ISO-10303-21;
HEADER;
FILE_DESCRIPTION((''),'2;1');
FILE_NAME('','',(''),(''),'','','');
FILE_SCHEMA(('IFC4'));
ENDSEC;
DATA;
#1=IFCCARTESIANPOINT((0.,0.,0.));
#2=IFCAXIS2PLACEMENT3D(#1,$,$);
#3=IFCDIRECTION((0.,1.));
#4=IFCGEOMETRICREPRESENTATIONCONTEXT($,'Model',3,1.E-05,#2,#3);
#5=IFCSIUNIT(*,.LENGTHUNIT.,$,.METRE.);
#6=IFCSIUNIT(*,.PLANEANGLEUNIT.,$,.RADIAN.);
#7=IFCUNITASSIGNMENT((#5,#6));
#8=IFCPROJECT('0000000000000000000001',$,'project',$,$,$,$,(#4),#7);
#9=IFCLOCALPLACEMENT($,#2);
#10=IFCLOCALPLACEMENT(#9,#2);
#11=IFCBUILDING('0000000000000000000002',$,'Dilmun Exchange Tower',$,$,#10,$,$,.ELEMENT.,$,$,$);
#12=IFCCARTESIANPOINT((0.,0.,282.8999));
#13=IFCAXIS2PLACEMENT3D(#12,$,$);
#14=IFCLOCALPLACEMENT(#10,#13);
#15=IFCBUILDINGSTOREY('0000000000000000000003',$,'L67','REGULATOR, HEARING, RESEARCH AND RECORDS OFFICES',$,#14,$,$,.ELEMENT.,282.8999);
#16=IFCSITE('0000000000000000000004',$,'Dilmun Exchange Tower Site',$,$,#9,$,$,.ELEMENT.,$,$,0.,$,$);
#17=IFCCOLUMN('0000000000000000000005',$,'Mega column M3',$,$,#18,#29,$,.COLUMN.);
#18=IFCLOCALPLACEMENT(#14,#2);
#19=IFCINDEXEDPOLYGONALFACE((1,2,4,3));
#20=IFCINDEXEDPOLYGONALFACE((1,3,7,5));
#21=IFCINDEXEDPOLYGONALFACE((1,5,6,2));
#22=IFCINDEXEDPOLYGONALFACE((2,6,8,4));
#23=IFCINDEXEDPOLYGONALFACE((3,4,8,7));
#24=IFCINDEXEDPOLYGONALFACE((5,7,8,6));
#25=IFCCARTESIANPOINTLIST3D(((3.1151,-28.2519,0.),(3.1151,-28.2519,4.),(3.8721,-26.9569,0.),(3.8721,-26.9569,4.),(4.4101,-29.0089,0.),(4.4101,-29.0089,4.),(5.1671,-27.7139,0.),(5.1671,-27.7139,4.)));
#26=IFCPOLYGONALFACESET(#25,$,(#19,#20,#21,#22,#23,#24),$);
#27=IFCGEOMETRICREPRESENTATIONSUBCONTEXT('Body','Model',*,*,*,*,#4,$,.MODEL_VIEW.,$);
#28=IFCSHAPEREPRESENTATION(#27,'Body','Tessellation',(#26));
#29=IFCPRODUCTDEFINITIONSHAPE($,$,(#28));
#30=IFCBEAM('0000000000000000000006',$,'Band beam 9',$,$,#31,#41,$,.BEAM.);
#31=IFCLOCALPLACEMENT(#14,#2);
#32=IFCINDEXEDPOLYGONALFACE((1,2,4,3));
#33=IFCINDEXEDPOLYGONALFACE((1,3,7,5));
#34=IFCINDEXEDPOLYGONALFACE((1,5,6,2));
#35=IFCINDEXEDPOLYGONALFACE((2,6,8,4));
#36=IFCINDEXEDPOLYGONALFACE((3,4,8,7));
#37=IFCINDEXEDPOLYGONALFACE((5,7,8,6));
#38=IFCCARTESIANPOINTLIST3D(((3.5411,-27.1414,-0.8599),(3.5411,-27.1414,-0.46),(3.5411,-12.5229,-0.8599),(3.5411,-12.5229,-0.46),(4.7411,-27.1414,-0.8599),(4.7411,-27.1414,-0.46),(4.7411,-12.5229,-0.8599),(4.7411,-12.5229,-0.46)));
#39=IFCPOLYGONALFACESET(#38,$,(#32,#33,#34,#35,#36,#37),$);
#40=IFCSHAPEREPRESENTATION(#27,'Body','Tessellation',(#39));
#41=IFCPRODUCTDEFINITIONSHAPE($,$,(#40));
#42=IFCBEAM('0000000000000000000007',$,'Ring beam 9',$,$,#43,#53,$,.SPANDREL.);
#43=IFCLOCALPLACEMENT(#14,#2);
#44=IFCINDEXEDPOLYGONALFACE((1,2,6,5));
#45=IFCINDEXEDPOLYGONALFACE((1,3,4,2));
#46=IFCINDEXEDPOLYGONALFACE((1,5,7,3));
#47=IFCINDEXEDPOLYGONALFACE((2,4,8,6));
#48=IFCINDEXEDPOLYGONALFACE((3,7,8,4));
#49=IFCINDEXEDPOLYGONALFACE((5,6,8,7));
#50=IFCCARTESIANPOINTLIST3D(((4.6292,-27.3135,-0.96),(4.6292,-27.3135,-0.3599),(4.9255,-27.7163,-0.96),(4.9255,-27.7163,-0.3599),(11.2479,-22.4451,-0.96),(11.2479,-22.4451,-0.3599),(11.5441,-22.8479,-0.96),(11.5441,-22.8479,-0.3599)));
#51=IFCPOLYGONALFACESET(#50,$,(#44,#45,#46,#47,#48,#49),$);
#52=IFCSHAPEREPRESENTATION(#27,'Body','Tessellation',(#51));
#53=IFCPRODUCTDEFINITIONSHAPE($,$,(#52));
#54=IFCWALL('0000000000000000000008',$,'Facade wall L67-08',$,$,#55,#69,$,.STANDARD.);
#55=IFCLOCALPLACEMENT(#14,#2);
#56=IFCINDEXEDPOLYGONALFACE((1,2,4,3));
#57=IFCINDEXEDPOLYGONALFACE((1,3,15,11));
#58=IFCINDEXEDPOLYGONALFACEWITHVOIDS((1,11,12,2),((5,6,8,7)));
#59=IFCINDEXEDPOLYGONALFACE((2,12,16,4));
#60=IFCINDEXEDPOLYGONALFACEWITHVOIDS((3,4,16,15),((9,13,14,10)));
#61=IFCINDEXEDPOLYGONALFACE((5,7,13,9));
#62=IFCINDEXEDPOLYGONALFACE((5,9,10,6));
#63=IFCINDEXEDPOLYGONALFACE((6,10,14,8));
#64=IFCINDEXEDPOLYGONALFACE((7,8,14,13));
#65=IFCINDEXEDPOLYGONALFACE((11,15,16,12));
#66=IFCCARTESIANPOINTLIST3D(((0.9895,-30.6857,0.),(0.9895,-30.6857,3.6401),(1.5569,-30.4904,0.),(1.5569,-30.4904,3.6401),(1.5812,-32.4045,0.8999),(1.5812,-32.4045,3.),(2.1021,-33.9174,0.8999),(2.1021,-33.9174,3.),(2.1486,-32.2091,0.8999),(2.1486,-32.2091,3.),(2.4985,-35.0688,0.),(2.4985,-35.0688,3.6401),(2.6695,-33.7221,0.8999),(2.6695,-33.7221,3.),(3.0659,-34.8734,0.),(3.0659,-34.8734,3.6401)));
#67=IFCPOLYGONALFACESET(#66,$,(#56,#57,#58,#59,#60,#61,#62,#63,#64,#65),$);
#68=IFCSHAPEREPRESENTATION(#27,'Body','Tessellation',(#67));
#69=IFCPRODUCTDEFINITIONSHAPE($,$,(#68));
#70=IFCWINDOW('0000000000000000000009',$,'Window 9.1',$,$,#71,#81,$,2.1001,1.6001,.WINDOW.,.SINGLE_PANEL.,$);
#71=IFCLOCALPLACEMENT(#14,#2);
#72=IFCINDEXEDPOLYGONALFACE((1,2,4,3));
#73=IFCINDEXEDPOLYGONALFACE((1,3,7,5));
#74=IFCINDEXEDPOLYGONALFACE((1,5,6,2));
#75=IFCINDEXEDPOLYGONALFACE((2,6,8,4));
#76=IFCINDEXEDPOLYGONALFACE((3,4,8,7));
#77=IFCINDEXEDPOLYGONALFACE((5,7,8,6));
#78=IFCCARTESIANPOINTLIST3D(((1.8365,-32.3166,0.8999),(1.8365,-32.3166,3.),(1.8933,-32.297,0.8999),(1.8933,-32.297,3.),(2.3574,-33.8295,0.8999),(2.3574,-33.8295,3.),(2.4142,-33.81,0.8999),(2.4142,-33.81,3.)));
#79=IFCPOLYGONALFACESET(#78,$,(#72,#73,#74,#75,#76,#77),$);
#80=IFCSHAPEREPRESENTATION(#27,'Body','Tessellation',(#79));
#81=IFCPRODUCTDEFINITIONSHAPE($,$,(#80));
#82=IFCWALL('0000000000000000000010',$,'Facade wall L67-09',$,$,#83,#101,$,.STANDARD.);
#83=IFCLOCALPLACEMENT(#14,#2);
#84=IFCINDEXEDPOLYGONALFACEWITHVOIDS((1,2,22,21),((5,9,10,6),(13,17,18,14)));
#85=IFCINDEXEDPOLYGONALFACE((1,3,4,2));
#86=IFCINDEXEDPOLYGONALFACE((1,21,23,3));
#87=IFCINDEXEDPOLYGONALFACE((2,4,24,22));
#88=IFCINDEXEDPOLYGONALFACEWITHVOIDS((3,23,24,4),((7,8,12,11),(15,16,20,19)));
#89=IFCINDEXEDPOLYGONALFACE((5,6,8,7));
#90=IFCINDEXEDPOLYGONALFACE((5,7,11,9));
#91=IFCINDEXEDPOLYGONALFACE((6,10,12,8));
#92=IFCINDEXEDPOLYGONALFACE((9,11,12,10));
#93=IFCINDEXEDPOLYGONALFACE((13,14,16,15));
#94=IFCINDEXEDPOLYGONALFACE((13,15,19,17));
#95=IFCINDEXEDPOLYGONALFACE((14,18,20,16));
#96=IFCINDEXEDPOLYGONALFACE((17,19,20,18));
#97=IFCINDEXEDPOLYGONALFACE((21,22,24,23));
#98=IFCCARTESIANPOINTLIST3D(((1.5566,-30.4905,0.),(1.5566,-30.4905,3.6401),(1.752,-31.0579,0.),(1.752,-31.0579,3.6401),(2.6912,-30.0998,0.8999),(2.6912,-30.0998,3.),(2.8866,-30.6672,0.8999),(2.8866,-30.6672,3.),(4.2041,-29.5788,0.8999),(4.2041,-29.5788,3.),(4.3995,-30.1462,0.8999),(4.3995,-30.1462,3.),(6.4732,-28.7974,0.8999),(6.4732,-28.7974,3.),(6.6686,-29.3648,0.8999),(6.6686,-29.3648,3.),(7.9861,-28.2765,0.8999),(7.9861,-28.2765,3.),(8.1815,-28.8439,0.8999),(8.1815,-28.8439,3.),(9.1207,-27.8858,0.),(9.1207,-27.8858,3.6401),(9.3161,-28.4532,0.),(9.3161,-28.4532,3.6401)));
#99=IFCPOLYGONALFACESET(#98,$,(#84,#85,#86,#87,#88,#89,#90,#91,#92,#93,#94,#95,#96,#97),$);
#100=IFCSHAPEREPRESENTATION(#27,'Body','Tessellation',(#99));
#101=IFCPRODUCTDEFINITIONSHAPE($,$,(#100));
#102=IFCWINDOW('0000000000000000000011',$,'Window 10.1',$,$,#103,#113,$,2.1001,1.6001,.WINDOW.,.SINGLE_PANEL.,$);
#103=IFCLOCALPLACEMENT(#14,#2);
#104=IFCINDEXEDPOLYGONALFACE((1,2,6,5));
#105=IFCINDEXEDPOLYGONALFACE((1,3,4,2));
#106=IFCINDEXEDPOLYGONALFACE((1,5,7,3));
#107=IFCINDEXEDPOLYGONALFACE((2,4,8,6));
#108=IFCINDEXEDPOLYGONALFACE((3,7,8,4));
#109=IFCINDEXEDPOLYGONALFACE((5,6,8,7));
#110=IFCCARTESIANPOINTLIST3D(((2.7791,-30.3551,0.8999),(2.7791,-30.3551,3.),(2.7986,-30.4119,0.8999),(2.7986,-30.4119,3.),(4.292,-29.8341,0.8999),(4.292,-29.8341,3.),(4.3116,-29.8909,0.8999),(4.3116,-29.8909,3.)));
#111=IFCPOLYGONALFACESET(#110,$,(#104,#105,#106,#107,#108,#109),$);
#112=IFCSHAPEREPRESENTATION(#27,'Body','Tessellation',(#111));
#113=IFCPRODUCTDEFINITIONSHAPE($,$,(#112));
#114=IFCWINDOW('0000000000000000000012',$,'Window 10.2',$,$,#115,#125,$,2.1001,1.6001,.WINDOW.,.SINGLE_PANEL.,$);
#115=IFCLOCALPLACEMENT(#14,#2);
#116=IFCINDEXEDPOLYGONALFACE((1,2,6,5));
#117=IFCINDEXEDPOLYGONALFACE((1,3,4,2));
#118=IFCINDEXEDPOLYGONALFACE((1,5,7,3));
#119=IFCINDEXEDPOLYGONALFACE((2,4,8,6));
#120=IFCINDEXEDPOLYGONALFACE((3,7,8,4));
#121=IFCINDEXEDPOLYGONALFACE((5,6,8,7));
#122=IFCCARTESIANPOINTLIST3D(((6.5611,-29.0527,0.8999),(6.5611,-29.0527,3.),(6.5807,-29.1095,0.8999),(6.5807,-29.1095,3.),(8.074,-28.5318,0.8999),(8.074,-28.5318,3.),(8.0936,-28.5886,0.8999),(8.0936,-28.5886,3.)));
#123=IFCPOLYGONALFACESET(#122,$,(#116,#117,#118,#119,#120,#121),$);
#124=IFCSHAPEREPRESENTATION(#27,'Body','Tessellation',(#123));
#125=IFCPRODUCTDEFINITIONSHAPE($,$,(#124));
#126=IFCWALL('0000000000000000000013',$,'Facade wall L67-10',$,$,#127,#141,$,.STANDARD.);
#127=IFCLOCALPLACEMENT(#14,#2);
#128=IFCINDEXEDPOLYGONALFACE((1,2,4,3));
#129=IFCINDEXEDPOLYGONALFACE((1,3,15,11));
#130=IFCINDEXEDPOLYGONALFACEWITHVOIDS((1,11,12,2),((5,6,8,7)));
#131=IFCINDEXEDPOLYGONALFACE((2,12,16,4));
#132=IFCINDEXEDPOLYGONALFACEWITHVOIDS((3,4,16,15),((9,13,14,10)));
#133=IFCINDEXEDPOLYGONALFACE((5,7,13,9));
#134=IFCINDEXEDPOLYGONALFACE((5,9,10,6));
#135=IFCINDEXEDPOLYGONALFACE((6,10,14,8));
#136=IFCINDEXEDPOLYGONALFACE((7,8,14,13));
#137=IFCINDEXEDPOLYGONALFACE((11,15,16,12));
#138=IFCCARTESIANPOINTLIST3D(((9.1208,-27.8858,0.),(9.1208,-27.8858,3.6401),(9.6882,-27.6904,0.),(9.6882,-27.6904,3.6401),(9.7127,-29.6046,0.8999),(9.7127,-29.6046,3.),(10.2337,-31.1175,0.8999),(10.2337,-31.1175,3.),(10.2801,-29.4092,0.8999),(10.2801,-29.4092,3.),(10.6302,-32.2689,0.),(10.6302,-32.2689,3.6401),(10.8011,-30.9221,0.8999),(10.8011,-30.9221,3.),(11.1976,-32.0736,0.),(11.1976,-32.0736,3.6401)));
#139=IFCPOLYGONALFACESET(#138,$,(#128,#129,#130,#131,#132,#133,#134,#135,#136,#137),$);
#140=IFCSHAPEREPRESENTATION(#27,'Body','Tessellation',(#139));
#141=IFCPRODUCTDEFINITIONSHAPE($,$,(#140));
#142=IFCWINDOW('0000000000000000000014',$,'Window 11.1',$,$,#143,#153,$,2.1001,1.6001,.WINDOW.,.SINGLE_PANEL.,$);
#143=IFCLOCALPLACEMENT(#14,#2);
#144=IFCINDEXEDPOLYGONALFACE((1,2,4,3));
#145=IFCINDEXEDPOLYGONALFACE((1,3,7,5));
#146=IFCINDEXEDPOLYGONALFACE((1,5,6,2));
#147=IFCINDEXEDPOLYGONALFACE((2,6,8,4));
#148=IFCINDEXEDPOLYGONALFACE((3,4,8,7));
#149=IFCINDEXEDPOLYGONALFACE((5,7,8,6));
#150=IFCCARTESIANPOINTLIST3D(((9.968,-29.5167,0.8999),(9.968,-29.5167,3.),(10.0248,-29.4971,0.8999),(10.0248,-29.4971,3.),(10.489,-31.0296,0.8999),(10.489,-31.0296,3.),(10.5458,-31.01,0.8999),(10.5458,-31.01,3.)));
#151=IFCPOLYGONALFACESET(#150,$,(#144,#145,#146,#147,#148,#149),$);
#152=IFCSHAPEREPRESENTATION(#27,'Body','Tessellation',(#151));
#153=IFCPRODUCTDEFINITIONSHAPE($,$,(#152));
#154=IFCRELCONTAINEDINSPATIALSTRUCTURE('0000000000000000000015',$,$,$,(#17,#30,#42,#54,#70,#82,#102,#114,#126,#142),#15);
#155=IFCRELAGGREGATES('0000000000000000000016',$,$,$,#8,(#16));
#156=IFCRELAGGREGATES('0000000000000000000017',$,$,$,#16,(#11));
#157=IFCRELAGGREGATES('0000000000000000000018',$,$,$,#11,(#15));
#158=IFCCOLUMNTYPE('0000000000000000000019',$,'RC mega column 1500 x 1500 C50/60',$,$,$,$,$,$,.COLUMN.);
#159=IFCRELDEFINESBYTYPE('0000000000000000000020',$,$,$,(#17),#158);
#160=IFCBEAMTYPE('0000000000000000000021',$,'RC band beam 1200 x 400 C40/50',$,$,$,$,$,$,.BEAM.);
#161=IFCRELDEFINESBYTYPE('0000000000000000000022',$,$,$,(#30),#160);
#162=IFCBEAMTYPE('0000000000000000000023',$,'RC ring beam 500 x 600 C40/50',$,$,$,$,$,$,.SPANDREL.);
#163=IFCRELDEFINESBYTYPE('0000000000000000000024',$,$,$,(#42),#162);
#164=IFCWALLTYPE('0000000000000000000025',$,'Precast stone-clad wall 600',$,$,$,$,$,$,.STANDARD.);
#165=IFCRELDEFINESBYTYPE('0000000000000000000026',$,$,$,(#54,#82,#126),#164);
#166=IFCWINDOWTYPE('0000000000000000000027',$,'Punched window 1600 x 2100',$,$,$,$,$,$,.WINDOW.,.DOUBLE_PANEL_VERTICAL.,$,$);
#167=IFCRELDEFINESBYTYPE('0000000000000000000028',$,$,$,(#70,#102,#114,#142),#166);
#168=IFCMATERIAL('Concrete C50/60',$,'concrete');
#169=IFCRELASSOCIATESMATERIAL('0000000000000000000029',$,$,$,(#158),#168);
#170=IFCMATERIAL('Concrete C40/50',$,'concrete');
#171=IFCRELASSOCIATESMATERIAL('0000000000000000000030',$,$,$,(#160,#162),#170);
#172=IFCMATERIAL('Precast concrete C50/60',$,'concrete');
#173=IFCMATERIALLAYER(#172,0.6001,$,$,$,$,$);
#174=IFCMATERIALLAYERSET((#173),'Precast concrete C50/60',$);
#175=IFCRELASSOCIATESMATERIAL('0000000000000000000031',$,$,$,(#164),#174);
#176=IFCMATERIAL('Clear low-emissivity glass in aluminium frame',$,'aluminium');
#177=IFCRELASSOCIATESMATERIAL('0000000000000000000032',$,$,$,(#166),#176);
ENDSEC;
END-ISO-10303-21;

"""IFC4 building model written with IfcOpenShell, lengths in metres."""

from ifc_helpers import new_model, si_unit, direction, frame, frame_2d, origin, origin_2d, place, context, subcontext, project, spatial, rectangle, extrude, material, layer, layer_set, material_profile, profile_set, type_object, element, fill, save


model = new_model("IFC4")

# Units and contexts
model_context = context("Model", 3, precision=1e-05, world=origin(), true_north=direction((0.0, 1.0)))
body_context = subcontext(model_context, "Body", "Model", "MODEL_VIEW")
ifc_project = project(units=[si_unit("LENGTHUNIT", "METRE"), si_unit("PLANEANGLEUNIT", "RADIAN")], contexts=[model_context])

# Site, building, storey
site_placement = place(None, origin())
site = spatial("IfcSite", under=ifc_project, at=site_placement, Name="Dilmun Exchange Tower Site", CompositionType="ELEMENT", RefElevation=0.0)
building_placement = place(site_placement, origin())
building = spatial("IfcBuilding", under=site, at=building_placement, Name="Dilmun Exchange Tower", CompositionType="ELEMENT")
storey_placement = place(building_placement, frame((0.0, 0.0, 282.8999)))
storey = spatial("IfcBuildingStorey", under=building, at=storey_placement, Name="L67", Description="REGULATOR, HEARING, RESEARCH AND RECORDS OFFICES", CompositionType="ELEMENT", Elevation=282.8999)

# Column
ifc_material_1 = material(Name="Concrete C50/60", Category="concrete")
ifc_material_profile_1 = material_profile(ifc_material_1, rectangle(XDim=1.5, YDim=1.5, at=origin_2d()), Name="1500 x 1500")
ifc_profile_set_1 = profile_set([ifc_material_profile_1], Name="Concrete C50/60")
column_type = type_object("IfcColumnType", Name="RC mega column 1500 x 1500 C50/60", PredefinedType="COLUMN", material=ifc_profile_set_1)
column_placement = place(storey_placement, frame((4.1411, -27.9829, 0.0), z_axis=(0.0, 0.0, 1.0), x_axis=(0.504644, 0.863328, 0.0)))
element("IfcColumn", 1, at=column_placement, inside=storey, type_object=column_type, Name="Mega column M3", PredefinedType="COLUMN", context=body_context, shape_type="SweptSolid", body=[
    extrude(rectangle(XDim=1.5, YDim=1.5, at=origin_2d()), origin(), (0.0, 0.0, 1.0), 4.0),
])

# Beams
ifc_material_2 = material(Name="Concrete C40/50", Category="concrete")
ifc_material_profile_2 = material_profile(ifc_material_2, rectangle(XDim=1.2, YDim=0.3999, at=origin_2d()), Name="1200 x 400")
ifc_profile_set_2 = profile_set([ifc_material_profile_2], Name="Concrete C40/50")
beam_type_1 = type_object("IfcBeamType", Name="RC band beam 1200 x 400 C40/50", PredefinedType="BEAM", material=ifc_profile_set_2)
beam_1_placement = place(storey_placement, frame((4.1411, -27.1414, -0.6599), z_axis=(0.0, 1.0, 0.0), x_axis=(-1.0, 0.0, 0.0)))
element("IfcBeam", 2, at=beam_1_placement, inside=storey, type_object=beam_type_1, Name="Band beam 9", PredefinedType="BEAM", context=body_context, shape_type="SweptSolid", body=[
    extrude(rectangle(XDim=1.2, YDim=0.3999, at=origin_2d()), origin(), (0.0, 0.0, 1.0), 14.6184),
])
ifc_material_profile_3 = material_profile(ifc_material_2, rectangle(XDim=0.5, YDim=0.6001, at=origin_2d()), Name="500 x 600")
ifc_profile_set_3 = profile_set([ifc_material_profile_3], Name="Concrete C40/50")
beam_type_2 = type_object("IfcBeamType", Name="RC ring beam 500 x 600 C40/50", PredefinedType="SPANDREL", material=ifc_profile_set_3)
beam_2_placement = place(storey_placement, frame((4.7773, -27.5149, -0.6599), z_axis=(0.805549, 0.592529, 0.0), x_axis=(-0.592529, 0.805549, 0.0)))
element("IfcBeam", 3, at=beam_2_placement, inside=storey, type_object=beam_type_2, Name="Ring beam 9", PredefinedType="SPANDREL", context=body_context, shape_type="SweptSolid", body=[
    extrude(rectangle(XDim=0.5, YDim=0.6001, at=origin_2d()), origin(), (0.0, 0.0, 1.0), 8.2163),
])

# Wall, opening, window
ifc_material_3 = material(Name="Precast concrete C50/60", Category="concrete")
ifc_layer = layer(ifc_material_3, 0.6001)
ifc_layer_set = layer_set([ifc_layer], Name="Precast concrete C50/60")
wall_type = type_object("IfcWallType", Name="Precast stone-clad wall 600", PredefinedType="STANDARD", material=ifc_layer_set)
wall_1_placement = place(storey_placement, frame((2.7822, -34.9712, 0.0), z_axis=(0.0, 0.0, 1.0), x_axis=(-0.325535, 0.94553, 0.0)))
wall_1 = element("IfcWall", 4, at=wall_1_placement, inside=storey, type_object=wall_type, Name="Facade wall L67-08", PredefinedType="STANDARD", context=body_context, shape_type="SweptSolid", body=[
    extrude(rectangle(XDim=4.6355, YDim=0.6001, at=frame_2d((2.3179, 0.0))), origin(), (0.0, 0.0, 1.0), 3.6401),
])
opening_1_placement = place(wall_1_placement, frame((1.2178, 0.0, 0.8999)))
opening_1 = element("IfcOpeningElement", 5, at=opening_1_placement, cuts=wall_1, PredefinedType="OPENING", context=body_context, shape_type="SweptSolid", body=[
    extrude(rectangle(XDim=1.6001, YDim=2.1001, at=frame_2d((0.8, 1.05))), frame((0.0, 0.3101, 0.0), z_axis=(0.0, -1.0, 0.0), x_axis=(1.0, 0.0, 0.0)), (0.0, 0.0, 1.0), 0.6201),
])
ifc_material_4 = material(Name="Clear low-emissivity glass in aluminium frame", Category="aluminium")
window_type_1 = type_object("IfcWindowType", Name="Punched window 1600 x 2100", PartitioningType="DOUBLE_PANEL_VERTICAL", PredefinedType="WINDOW", material=ifc_material_4)
window_1_placement = place(opening_1_placement, origin())
window_1 = element("IfcWindow", 6, at=window_1_placement, inside=storey, type_object=window_type_1, Name="Window 9.1", OverallHeight=2.1001, OverallWidth=1.6001, PartitioningType="SINGLE_PANEL", PredefinedType="WINDOW", context=body_context, shape_type="SweptSolid", body=[
    extrude(rectangle(XDim=1.6001, YDim=2.1001, at=frame_2d((0.8, 1.05))), frame((0.0, 0.03, 0.0), z_axis=(0.0, -1.0, 0.0), x_axis=(1.0, 0.0, 0.0)), (0.0, 0.0, 1.0), 0.0601),
])
fill(opening_1, window_1)

# Wall, openings, windows
wall_2_placement = place(storey_placement, frame((1.6543, -30.7742, 0.0), z_axis=(0.0, 0.0, 1.0), x_axis=(0.945512, 0.325587, 0.0)))
wall_2 = element("IfcWall", 7, at=wall_2_placement, inside=storey, type_object=wall_type, Name="Facade wall L67-09", PredefinedType="STANDARD", context=body_context, shape_type="SweptSolid", body=[
    extrude(rectangle(XDim=8.0, YDim=0.6001, at=frame_2d((4.0, 0.0))), origin(), (0.0, 0.0, 1.0), 3.6401),
])
opening_2_placement = place(wall_2_placement, frame((1.2, 0.0, 0.8999)))
opening_2 = element("IfcOpeningElement", 8, at=opening_2_placement, cuts=wall_2, PredefinedType="OPENING", context=body_context, shape_type="SweptSolid", body=[
    extrude(rectangle(XDim=1.6001, YDim=2.1001, at=frame_2d((0.8, 1.05))), frame((0.0, 0.3101, 0.0), z_axis=(0.0, -1.0, 0.0), x_axis=(1.0, 0.0, 0.0)), (0.0, 0.0, 1.0), 0.6201),
])
opening_3_placement = place(wall_2_placement, frame((5.2, 0.0, 0.8999)))
opening_3 = element("IfcOpeningElement", 9, at=opening_3_placement, cuts=wall_2, PredefinedType="OPENING", context=body_context, shape_type="SweptSolid", body=[
    extrude(rectangle(XDim=1.6001, YDim=2.1001, at=frame_2d((0.8, 1.05))), frame((0.0, 0.3101, 0.0), z_axis=(0.0, -1.0, 0.0), x_axis=(1.0, 0.0, 0.0)), (0.0, 0.0, 1.0), 0.6201),
])
window_2_placement = place(opening_2_placement, origin())
window_2 = element("IfcWindow", 10, at=window_2_placement, inside=storey, type_object=window_type_1, Name="Window 10.1", OverallHeight=2.1001, OverallWidth=1.6001, PartitioningType="SINGLE_PANEL", PredefinedType="WINDOW", context=body_context, shape_type="SweptSolid", body=[
    extrude(rectangle(XDim=1.6001, YDim=2.1001, at=frame_2d((0.8, 1.05))), frame((0.0, 0.03, 0.0), z_axis=(0.0, -1.0, 0.0), x_axis=(1.0, 0.0, 0.0)), (0.0, 0.0, 1.0), 0.0601),
])
fill(opening_2, window_2)
window_3_placement = place(opening_3_placement, origin())
window_3 = element("IfcWindow", 11, at=window_3_placement, inside=storey, type_object=window_type_1, Name="Window 10.2", OverallHeight=2.1001, OverallWidth=1.6001, PartitioningType="SINGLE_PANEL", PredefinedType="WINDOW", context=body_context, shape_type="SweptSolid", body=[
    extrude(rectangle(XDim=1.6001, YDim=2.1001, at=frame_2d((0.8, 1.05))), frame((0.0, 0.03, 0.0), z_axis=(0.0, -1.0, 0.0), x_axis=(1.0, 0.0, 0.0)), (0.0, 0.0, 1.0), 0.0601),
])
fill(opening_3, window_3)

# Wall, opening, window
wall_3_placement = place(storey_placement, frame((9.4045, -27.7881, 0.0), z_axis=(0.0, 0.0, 1.0), x_axis=(0.325582, -0.945514, 0.0)))
wall_3 = element("IfcWall", 12, at=wall_3_placement, inside=storey, type_object=wall_type, Name="Facade wall L67-10", PredefinedType="STANDARD", context=body_context, shape_type="SweptSolid", body=[
    extrude(rectangle(XDim=4.6357, YDim=0.6001, at=frame_2d((2.3179, 0.0))), origin(), (0.0, 0.0, 1.0), 3.6401),
])
opening_4_placement = place(wall_3_placement, frame((1.8179, 0.0, 0.8999)))
opening_4 = element("IfcOpeningElement", 13, at=opening_4_placement, cuts=wall_3, PredefinedType="OPENING", context=body_context, shape_type="SweptSolid", body=[
    extrude(rectangle(XDim=1.6001, YDim=2.1001, at=frame_2d((0.8, 1.05))), frame((0.0, 0.3101, 0.0), z_axis=(0.0, -1.0, 0.0), x_axis=(1.0, 0.0, 0.0)), (0.0, 0.0, 1.0), 0.6201),
])
window_4_placement = place(opening_4_placement, origin())
window_4 = element("IfcWindow", 14, at=window_4_placement, inside=storey, type_object=window_type_1, Name="Window 11.1", OverallHeight=2.1001, OverallWidth=1.6001, PartitioningType="SINGLE_PANEL", PredefinedType="WINDOW", context=body_context, shape_type="SweptSolid", body=[
    extrude(rectangle(XDim=1.6001, YDim=2.1001, at=frame_2d((0.8, 1.05))), frame((0.0, 0.03, 0.0), z_axis=(0.0, -1.0, 0.0), x_axis=(1.0, 0.0, 0.0)), (0.0, 0.0, 1.0), 0.0601),
])
fill(opening_4, window_4)

save(model, "model.ifc")
